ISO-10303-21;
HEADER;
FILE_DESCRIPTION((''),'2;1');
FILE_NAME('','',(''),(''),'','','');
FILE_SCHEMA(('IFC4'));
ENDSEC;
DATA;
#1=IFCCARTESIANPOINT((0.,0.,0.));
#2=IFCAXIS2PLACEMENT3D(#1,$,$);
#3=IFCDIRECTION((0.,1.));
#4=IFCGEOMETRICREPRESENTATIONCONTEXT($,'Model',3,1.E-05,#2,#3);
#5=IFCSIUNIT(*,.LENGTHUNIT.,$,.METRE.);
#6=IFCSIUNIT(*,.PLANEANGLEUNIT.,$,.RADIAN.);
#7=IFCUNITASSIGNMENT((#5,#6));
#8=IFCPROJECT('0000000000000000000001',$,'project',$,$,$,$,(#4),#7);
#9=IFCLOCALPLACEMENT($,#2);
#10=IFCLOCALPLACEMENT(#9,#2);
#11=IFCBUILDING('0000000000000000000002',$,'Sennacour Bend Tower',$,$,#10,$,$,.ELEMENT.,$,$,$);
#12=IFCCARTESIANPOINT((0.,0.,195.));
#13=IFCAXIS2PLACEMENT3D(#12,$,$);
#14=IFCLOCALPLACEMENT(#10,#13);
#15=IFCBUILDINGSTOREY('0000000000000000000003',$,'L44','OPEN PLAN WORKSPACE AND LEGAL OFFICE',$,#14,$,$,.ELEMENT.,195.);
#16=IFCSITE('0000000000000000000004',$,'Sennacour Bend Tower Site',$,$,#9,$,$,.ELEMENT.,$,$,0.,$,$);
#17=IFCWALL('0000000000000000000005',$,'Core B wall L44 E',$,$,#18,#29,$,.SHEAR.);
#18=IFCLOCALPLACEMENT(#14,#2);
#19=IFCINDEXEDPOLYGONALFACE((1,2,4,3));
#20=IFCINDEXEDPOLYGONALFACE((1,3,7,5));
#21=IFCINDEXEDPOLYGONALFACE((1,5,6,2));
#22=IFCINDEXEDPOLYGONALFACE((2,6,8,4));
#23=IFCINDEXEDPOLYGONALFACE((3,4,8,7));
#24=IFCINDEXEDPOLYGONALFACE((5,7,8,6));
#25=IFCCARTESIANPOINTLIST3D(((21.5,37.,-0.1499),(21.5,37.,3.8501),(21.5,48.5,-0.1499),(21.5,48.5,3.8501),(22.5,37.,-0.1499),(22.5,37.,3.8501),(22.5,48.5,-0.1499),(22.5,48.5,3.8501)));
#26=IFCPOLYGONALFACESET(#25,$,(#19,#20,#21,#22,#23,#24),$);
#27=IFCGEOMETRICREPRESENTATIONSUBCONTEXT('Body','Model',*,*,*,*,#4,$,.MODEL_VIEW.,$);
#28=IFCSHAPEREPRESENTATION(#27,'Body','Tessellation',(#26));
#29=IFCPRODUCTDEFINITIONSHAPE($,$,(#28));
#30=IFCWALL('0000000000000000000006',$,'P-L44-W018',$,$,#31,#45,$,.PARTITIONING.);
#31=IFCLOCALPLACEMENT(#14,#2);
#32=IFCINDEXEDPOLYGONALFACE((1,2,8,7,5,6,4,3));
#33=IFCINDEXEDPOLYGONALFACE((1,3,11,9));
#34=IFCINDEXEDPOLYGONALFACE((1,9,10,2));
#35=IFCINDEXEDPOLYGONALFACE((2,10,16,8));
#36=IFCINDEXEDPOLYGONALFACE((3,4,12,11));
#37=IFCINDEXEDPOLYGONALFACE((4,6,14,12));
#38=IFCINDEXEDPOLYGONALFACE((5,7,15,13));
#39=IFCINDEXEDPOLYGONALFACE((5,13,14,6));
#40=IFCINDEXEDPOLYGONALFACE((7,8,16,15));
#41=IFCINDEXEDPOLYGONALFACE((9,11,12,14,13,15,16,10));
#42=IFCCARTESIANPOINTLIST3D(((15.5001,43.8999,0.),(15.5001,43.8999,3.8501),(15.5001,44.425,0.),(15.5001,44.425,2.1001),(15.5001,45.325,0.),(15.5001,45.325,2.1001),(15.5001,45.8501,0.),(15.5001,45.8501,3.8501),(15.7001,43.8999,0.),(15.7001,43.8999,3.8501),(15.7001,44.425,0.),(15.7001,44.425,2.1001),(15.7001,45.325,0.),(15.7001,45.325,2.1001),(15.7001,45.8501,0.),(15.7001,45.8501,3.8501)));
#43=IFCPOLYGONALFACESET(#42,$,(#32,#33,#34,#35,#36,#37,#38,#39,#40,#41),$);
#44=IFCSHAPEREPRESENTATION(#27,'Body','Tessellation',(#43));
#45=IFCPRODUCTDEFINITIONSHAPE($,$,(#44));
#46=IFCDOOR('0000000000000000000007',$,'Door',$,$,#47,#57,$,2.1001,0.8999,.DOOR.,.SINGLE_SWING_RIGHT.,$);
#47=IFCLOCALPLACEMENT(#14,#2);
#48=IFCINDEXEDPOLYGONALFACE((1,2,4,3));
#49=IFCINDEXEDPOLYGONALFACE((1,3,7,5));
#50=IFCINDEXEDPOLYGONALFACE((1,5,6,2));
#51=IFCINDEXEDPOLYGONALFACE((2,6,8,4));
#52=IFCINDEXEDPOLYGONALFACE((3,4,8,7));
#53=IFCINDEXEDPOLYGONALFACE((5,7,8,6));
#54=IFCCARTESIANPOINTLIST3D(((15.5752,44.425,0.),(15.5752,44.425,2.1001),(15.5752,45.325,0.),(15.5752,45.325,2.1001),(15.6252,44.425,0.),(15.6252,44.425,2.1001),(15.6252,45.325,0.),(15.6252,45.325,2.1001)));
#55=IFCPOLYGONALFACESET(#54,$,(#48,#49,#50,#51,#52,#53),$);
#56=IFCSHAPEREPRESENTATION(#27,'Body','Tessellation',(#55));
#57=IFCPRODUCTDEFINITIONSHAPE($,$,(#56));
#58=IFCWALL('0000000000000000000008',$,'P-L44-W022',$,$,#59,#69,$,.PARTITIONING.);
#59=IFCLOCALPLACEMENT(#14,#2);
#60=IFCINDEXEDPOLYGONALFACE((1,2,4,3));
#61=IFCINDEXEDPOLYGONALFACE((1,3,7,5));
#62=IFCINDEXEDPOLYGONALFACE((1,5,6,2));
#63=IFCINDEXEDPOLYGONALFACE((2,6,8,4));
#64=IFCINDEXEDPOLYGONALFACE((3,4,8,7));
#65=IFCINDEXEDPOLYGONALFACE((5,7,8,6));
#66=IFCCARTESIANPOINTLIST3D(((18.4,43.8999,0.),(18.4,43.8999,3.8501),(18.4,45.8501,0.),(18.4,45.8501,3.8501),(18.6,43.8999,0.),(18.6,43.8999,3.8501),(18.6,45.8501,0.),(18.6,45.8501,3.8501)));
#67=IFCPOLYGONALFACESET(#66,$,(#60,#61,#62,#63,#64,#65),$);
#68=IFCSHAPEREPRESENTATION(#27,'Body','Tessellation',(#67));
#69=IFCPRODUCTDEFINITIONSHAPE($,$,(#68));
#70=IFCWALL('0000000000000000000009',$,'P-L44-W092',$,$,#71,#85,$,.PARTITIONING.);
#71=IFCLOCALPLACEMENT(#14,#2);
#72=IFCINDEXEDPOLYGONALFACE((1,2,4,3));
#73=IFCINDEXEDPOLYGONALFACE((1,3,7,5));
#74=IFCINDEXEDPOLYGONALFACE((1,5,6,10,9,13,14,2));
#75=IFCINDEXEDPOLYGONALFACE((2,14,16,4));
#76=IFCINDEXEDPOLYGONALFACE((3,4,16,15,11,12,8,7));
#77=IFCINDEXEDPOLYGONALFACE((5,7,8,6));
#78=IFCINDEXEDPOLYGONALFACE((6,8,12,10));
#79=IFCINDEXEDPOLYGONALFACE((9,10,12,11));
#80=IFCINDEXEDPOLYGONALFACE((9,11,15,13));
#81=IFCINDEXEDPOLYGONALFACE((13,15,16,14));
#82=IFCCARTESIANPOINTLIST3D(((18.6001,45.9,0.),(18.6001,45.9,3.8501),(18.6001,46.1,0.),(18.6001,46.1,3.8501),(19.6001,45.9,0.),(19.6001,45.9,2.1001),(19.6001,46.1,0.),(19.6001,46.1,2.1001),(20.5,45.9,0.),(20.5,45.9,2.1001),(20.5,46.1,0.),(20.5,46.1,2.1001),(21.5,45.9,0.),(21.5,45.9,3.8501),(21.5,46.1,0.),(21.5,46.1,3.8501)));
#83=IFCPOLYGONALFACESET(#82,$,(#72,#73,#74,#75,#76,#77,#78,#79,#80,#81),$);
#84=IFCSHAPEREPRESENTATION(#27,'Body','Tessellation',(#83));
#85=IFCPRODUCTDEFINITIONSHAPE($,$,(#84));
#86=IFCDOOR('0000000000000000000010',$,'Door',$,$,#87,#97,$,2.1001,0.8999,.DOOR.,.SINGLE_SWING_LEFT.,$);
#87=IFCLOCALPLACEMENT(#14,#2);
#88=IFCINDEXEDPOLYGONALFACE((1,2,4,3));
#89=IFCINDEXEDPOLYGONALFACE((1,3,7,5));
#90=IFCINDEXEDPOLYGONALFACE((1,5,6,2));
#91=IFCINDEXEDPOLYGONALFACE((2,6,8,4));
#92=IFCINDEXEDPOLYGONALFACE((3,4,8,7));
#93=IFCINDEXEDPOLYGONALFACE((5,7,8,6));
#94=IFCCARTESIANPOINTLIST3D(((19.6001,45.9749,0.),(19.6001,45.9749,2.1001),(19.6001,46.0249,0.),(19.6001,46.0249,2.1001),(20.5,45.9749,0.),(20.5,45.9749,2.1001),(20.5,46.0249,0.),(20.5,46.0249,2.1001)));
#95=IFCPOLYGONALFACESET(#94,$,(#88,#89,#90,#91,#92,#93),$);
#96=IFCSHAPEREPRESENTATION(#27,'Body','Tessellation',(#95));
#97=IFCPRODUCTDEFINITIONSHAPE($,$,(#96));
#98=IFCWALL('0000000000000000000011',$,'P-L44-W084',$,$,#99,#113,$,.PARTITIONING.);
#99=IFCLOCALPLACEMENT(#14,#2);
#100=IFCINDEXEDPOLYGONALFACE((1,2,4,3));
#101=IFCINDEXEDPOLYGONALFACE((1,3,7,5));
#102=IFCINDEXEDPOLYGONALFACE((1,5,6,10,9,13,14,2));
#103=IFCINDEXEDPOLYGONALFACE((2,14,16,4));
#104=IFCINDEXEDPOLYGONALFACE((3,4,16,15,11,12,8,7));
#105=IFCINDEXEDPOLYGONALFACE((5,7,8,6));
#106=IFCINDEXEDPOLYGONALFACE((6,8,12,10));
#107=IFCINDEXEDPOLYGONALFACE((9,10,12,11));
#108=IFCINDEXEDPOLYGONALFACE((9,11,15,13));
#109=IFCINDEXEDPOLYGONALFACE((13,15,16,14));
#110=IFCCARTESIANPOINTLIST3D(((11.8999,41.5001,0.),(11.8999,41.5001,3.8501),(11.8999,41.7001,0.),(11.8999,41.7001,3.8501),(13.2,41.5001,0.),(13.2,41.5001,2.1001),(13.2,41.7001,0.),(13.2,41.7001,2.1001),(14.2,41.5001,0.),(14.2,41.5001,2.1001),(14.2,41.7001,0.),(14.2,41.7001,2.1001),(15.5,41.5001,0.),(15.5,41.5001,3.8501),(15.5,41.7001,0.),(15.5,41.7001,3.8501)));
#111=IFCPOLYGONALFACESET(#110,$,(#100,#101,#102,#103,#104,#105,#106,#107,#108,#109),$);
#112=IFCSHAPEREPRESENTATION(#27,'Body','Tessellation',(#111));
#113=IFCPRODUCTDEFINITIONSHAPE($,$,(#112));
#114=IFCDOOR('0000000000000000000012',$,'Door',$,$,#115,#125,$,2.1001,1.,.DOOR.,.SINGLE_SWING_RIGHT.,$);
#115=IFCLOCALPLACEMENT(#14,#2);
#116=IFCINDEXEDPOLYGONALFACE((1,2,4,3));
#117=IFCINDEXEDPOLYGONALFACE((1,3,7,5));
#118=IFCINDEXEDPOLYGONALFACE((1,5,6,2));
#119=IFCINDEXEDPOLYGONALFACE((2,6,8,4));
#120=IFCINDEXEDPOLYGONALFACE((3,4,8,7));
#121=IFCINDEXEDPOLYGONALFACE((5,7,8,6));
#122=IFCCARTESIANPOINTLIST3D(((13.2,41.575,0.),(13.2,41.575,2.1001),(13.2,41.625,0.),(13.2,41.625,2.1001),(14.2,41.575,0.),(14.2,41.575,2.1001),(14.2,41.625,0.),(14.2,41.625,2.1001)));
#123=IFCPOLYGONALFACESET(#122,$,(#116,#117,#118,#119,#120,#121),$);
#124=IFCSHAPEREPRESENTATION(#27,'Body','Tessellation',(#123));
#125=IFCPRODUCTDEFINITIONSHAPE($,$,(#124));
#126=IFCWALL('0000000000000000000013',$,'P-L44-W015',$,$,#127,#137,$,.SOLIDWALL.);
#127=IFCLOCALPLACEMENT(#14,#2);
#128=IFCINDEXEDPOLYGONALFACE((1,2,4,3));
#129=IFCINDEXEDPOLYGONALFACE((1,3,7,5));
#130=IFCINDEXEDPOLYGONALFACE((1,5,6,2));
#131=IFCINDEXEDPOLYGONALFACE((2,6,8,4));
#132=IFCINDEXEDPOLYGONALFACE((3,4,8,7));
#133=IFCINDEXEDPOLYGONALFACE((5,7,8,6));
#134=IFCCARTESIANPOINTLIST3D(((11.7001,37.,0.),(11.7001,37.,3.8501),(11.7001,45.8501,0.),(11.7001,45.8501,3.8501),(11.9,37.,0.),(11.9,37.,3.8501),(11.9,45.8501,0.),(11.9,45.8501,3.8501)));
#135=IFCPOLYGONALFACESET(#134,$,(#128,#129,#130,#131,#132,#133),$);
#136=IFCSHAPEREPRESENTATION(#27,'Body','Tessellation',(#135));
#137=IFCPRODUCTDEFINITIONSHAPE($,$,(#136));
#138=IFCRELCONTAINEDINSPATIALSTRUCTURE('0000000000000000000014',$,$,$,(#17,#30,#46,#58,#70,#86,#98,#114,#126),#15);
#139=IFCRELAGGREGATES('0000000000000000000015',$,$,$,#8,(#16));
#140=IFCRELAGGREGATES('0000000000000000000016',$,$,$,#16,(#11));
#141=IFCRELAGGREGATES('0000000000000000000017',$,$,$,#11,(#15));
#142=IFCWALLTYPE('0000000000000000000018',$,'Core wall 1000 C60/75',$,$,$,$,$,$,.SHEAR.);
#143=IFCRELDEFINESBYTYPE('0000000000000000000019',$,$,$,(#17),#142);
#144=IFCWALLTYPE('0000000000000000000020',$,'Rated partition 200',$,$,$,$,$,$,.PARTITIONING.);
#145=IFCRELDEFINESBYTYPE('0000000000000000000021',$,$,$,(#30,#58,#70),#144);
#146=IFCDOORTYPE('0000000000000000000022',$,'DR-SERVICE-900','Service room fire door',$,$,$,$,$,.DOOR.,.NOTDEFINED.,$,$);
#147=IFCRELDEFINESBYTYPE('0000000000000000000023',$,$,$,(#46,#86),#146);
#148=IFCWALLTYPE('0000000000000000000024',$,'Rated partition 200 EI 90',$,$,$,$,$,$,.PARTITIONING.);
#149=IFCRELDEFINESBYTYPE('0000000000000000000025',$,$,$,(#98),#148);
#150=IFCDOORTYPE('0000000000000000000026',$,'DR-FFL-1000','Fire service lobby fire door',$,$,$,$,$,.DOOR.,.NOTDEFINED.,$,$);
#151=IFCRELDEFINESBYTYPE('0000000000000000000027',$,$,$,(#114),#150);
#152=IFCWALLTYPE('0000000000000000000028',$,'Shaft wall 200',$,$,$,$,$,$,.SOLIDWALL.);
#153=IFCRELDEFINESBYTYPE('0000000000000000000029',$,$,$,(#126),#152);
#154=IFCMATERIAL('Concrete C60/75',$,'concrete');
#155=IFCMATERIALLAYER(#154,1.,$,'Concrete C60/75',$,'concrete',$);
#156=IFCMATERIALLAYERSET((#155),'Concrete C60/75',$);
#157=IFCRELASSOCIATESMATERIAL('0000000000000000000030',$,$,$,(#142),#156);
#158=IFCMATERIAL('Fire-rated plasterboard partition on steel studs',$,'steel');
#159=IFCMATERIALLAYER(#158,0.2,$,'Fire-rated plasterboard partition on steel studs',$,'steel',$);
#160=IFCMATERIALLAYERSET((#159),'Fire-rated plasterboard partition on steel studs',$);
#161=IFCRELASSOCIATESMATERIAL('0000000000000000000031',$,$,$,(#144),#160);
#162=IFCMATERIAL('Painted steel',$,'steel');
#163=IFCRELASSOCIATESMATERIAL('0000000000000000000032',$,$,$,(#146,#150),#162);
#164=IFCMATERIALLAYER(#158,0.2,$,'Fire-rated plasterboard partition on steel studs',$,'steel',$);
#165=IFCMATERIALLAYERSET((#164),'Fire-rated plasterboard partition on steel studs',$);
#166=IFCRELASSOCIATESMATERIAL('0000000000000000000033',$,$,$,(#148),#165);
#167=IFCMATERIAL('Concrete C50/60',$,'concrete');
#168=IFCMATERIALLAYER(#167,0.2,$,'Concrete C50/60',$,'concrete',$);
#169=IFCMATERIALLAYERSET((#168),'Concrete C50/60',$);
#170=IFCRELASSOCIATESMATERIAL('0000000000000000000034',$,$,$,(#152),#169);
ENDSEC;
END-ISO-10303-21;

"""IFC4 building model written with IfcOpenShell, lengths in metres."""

from ifc_helpers import new_model, si_unit, direction, frame, frame_2d, origin, place, context, subcontext, project, spatial, rectangle, extrude, material, layer, layer_set, type_object, element, fill, save


model = new_model("IFC4")

# Units and contexts
model_context = context("Model", 3, precision=1e-05, world=origin(), true_north=direction((0.0, 1.0)))
body_context = subcontext(model_context, "Body", "Model", "MODEL_VIEW")
ifc_project = project(units=[si_unit("LENGTHUNIT", "METRE"), si_unit("PLANEANGLEUNIT", "RADIAN")], contexts=[model_context])

# Site, building, storey
site_placement = place(None, origin())
site = spatial("IfcSite", under=ifc_project, at=site_placement, Name="Sennacour Bend Tower Site", CompositionType="ELEMENT", RefElevation=0.0)
building_placement = place(site_placement, origin())
building = spatial("IfcBuilding", under=site, at=building_placement, Name="Sennacour Bend Tower", CompositionType="ELEMENT")
storey_placement = place(building_placement, frame((0.0, 0.0, 195.0)))
storey = spatial("IfcBuildingStorey", under=building, at=storey_placement, Name="L44", Description="OPEN PLAN WORKSPACE AND LEGAL OFFICE", CompositionType="ELEMENT", Elevation=195.0)

# Wall
ifc_material_1 = material(Name="Concrete C60/75", Category="concrete")
ifc_layer_1 = layer(ifc_material_1, 1.0, Name="Concrete C60/75", Category="concrete")
ifc_layer_set_1 = layer_set([ifc_layer_1], Name="Concrete C60/75")
wall_type_1 = type_object("IfcWallType", Name="Core wall 1000 C60/75", PredefinedType="SHEAR", material=ifc_layer_set_1)
wall_1_placement = place(storey_placement, frame((22.0, 37.0, -0.1499), z_axis=(0.0, 0.0, 1.0), x_axis=(0.0, 1.0, 0.0)))
element("IfcWall", 1, at=wall_1_placement, inside=storey, type_object=wall_type_1, Name="Core B wall L44 E", PredefinedType="SHEAR", context=body_context, shape_type="SweptSolid", body=[
    extrude(rectangle(XDim=11.5, YDim=1.0, at=frame_2d((5.75, 0.0))), origin(), (0.0, 0.0, 1.0), 4.0),
])

# Wall, opening, door
ifc_material_2 = material(Name="Fire-rated plasterboard partition on steel studs", Category="steel")
ifc_layer_2 = layer(ifc_material_2, 0.2, Name="Fire-rated plasterboard partition on steel studs", Category="steel")
ifc_layer_set_2 = layer_set([ifc_layer_2], Name="Fire-rated plasterboard partition on steel studs")
wall_type_2 = type_object("IfcWallType", Name="Rated partition 200", PredefinedType="PARTITIONING", material=ifc_layer_set_2)
wall_2_placement = place(storey_placement, frame((15.6001, 43.8999, 0.0), z_axis=(0.0, 0.0, 1.0), x_axis=(0.0, 1.0, 0.0)))
wall_2 = element("IfcWall", 2, at=wall_2_placement, inside=storey, type_object=wall_type_2, Name="P-L44-W018", PredefinedType="PARTITIONING", context=body_context, shape_type="SweptSolid", body=[
    extrude(rectangle(XDim=1.9502, YDim=0.2, at=frame_2d((0.9751, 0.0))), origin(), (0.0, 0.0, 1.0), 3.8501),
])
opening_1_placement = place(wall_2_placement, frame((0.5251, 0.0, 0.0)))
opening_1 = element("IfcOpeningElement", 3, at=opening_1_placement, cuts=wall_2, PredefinedType="OPENING", context=body_context, shape_type="SweptSolid", body=[
    extrude(rectangle(XDim=0.8999, YDim=2.1001, at=frame_2d((0.45, 1.05))), frame((0.0, 0.1099, 0.0), z_axis=(0.0, -1.0, 0.0), x_axis=(1.0, 0.0, 0.0)), (0.0, 0.0, 1.0), 0.22),
])
ifc_material_3 = material(Name="Painted steel", Category="steel")
door_type_1 = type_object("IfcDoorType", Name="DR-SERVICE-900", Description="Service room fire door", OperationType="NOTDEFINED", PredefinedType="DOOR", material=ifc_material_3)
door_1_placement = place(opening_1_placement, origin())
door_1 = element("IfcDoor", 4, at=door_1_placement, inside=storey, type_object=door_type_1, Name="Door", OperationType="SINGLE_SWING_RIGHT", OverallHeight=2.1001, OverallWidth=0.8999, PredefinedType="DOOR", context=body_context, shape_type="SweptSolid", body=[
    extrude(rectangle(XDim=0.8999, YDim=2.1001, at=frame_2d((0.45, 1.05))), frame((0.0, 0.0249, 0.0), z_axis=(0.0, -1.0, 0.0), x_axis=(1.0, 0.0, 0.0)), (0.0, 0.0, 1.0), 0.05),
])
fill(opening_1, door_1)

# Wall
wall_3_placement = place(storey_placement, frame((18.5, 43.8999, 0.0), z_axis=(0.0, 0.0, 1.0), x_axis=(0.0, 1.0, 0.0)))
element("IfcWall", 5, at=wall_3_placement, inside=storey, type_object=wall_type_2, Name="P-L44-W022", PredefinedType="PARTITIONING", context=body_context, shape_type="SweptSolid", body=[
    extrude(rectangle(XDim=1.9502, YDim=0.2, at=frame_2d((0.9751, 0.0))), origin(), (0.0, 0.0, 1.0), 3.8501),
])

# Walls, openings, doors
wall_4_placement = place(storey_placement, frame((18.6001, 46.0, 0.0), z_axis=(0.0, 0.0, 1.0), x_axis=(1.0, 0.0, 0.0)))
wall_4 = element("IfcWall", 6, at=wall_4_placement, inside=storey, type_object=wall_type_2, Name="P-L44-W092", PredefinedType="PARTITIONING", context=body_context, shape_type="SweptSolid", body=[
    extrude(rectangle(XDim=2.8999, YDim=0.2, at=frame_2d((1.45, 0.0))), origin(), (0.0, 0.0, 1.0), 3.8501),
])
opening_2_placement = place(wall_4_placement, frame((1.0, 0.0, 0.0)))
opening_2 = element("IfcOpeningElement", 7, at=opening_2_placement, cuts=wall_4, PredefinedType="OPENING", context=body_context, shape_type="SweptSolid", body=[
    extrude(rectangle(XDim=0.8999, YDim=2.1001, at=frame_2d((0.45, 1.05))), frame((0.0, 0.1099, 0.0), z_axis=(0.0, -1.0, 0.0), x_axis=(1.0, 0.0, 0.0)), (0.0, 0.0, 1.0), 0.22),
])
door_2_placement = place(opening_2_placement, origin())
door_2 = element("IfcDoor", 8, at=door_2_placement, inside=storey, type_object=door_type_1, Name="Door", OperationType="SINGLE_SWING_LEFT", OverallHeight=2.1001, OverallWidth=0.8999, PredefinedType="DOOR", context=body_context, shape_type="SweptSolid", body=[
    extrude(rectangle(XDim=0.8999, YDim=2.1001, at=frame_2d((0.45, 1.05))), frame((0.0, 0.0249, 0.0), z_axis=(0.0, -1.0, 0.0), x_axis=(1.0, 0.0, 0.0)), (0.0, 0.0, 1.0), 0.05),
])
fill(opening_2, door_2)
ifc_layer_3 = layer(ifc_material_2, 0.2, Name="Fire-rated plasterboard partition on steel studs", Category="steel")
ifc_layer_set_3 = layer_set([ifc_layer_3], Name="Fire-rated plasterboard partition on steel studs")
wall_type_3 = type_object("IfcWallType", Name="Rated partition 200 EI 90", PredefinedType="PARTITIONING", material=ifc_layer_set_3)
wall_5_placement = place(storey_placement, frame((11.8999, 41.6001, 0.0), z_axis=(0.0, 0.0, 1.0), x_axis=(1.0, 0.0, 0.0)))
wall_5 = element("IfcWall", 9, at=wall_5_placement, inside=storey, type_object=wall_type_3, Name="P-L44-W084", PredefinedType="PARTITIONING", context=body_context, shape_type="SweptSolid", body=[
    extrude(rectangle(XDim=3.6001, YDim=0.2, at=frame_2d((1.8, 0.0))), origin(), (0.0, 0.0, 1.0), 3.8501),
])
opening_3_placement = place(wall_5_placement, frame((1.3, 0.0, 0.0)))
opening_3 = element("IfcOpeningElement", 10, at=opening_3_placement, cuts=wall_5, PredefinedType="OPENING", context=body_context, shape_type="SweptSolid", body=[
    extrude(rectangle(XDim=1.0, YDim=2.1001, at=frame_2d((0.5, 1.05))), frame((0.0, 0.1099, 0.0), z_axis=(0.0, -1.0, 0.0), x_axis=(1.0, 0.0, 0.0)), (0.0, 0.0, 1.0), 0.22),
])
door_type_2 = type_object("IfcDoorType", Name="DR-FFL-1000", Description="Fire service lobby fire door", OperationType="NOTDEFINED", PredefinedType="DOOR", material=ifc_material_3)
door_3_placement = place(opening_3_placement, origin())
door_3 = element("IfcDoor", 11, at=door_3_placement, inside=storey, type_object=door_type_2, Name="Door", OperationType="SINGLE_SWING_RIGHT", OverallHeight=2.1001, OverallWidth=1.0, PredefinedType="DOOR", context=body_context, shape_type="SweptSolid", body=[
    extrude(rectangle(XDim=1.0, YDim=2.1001, at=frame_2d((0.5, 1.05))), frame((0.0, 0.0249, 0.0), z_axis=(0.0, -1.0, 0.0), x_axis=(1.0, 0.0, 0.0)), (0.0, 0.0, 1.0), 0.05),
])
fill(opening_3, door_3)

# Wall
ifc_material_4 = material(Name="Concrete C50/60", Category="concrete")
ifc_layer_4 = layer(ifc_material_4, 0.2, Name="Concrete C50/60", Category="concrete")
ifc_layer_set_4 = layer_set([ifc_layer_4], Name="Concrete C50/60")
wall_type_4 = type_object("IfcWallType", Name="Shaft wall 200", PredefinedType="SOLIDWALL", material=ifc_layer_set_4)
wall_6_placement = place(storey_placement, frame((11.8, 37.0, 0.0), z_axis=(0.0, 0.0, 1.0), x_axis=(0.0, 1.0, 0.0)))
element("IfcWall", 12, at=wall_6_placement, inside=storey, type_object=wall_type_4, Name="P-L44-W015", PredefinedType="SOLIDWALL", context=body_context, shape_type="SweptSolid", body=[
    extrude(rectangle(XDim=8.8501, YDim=0.2, at=frame_2d((4.425, 0.0))), origin(), (0.0, 0.0, 1.0), 3.8501),
])

save(model, "model.ifc")
